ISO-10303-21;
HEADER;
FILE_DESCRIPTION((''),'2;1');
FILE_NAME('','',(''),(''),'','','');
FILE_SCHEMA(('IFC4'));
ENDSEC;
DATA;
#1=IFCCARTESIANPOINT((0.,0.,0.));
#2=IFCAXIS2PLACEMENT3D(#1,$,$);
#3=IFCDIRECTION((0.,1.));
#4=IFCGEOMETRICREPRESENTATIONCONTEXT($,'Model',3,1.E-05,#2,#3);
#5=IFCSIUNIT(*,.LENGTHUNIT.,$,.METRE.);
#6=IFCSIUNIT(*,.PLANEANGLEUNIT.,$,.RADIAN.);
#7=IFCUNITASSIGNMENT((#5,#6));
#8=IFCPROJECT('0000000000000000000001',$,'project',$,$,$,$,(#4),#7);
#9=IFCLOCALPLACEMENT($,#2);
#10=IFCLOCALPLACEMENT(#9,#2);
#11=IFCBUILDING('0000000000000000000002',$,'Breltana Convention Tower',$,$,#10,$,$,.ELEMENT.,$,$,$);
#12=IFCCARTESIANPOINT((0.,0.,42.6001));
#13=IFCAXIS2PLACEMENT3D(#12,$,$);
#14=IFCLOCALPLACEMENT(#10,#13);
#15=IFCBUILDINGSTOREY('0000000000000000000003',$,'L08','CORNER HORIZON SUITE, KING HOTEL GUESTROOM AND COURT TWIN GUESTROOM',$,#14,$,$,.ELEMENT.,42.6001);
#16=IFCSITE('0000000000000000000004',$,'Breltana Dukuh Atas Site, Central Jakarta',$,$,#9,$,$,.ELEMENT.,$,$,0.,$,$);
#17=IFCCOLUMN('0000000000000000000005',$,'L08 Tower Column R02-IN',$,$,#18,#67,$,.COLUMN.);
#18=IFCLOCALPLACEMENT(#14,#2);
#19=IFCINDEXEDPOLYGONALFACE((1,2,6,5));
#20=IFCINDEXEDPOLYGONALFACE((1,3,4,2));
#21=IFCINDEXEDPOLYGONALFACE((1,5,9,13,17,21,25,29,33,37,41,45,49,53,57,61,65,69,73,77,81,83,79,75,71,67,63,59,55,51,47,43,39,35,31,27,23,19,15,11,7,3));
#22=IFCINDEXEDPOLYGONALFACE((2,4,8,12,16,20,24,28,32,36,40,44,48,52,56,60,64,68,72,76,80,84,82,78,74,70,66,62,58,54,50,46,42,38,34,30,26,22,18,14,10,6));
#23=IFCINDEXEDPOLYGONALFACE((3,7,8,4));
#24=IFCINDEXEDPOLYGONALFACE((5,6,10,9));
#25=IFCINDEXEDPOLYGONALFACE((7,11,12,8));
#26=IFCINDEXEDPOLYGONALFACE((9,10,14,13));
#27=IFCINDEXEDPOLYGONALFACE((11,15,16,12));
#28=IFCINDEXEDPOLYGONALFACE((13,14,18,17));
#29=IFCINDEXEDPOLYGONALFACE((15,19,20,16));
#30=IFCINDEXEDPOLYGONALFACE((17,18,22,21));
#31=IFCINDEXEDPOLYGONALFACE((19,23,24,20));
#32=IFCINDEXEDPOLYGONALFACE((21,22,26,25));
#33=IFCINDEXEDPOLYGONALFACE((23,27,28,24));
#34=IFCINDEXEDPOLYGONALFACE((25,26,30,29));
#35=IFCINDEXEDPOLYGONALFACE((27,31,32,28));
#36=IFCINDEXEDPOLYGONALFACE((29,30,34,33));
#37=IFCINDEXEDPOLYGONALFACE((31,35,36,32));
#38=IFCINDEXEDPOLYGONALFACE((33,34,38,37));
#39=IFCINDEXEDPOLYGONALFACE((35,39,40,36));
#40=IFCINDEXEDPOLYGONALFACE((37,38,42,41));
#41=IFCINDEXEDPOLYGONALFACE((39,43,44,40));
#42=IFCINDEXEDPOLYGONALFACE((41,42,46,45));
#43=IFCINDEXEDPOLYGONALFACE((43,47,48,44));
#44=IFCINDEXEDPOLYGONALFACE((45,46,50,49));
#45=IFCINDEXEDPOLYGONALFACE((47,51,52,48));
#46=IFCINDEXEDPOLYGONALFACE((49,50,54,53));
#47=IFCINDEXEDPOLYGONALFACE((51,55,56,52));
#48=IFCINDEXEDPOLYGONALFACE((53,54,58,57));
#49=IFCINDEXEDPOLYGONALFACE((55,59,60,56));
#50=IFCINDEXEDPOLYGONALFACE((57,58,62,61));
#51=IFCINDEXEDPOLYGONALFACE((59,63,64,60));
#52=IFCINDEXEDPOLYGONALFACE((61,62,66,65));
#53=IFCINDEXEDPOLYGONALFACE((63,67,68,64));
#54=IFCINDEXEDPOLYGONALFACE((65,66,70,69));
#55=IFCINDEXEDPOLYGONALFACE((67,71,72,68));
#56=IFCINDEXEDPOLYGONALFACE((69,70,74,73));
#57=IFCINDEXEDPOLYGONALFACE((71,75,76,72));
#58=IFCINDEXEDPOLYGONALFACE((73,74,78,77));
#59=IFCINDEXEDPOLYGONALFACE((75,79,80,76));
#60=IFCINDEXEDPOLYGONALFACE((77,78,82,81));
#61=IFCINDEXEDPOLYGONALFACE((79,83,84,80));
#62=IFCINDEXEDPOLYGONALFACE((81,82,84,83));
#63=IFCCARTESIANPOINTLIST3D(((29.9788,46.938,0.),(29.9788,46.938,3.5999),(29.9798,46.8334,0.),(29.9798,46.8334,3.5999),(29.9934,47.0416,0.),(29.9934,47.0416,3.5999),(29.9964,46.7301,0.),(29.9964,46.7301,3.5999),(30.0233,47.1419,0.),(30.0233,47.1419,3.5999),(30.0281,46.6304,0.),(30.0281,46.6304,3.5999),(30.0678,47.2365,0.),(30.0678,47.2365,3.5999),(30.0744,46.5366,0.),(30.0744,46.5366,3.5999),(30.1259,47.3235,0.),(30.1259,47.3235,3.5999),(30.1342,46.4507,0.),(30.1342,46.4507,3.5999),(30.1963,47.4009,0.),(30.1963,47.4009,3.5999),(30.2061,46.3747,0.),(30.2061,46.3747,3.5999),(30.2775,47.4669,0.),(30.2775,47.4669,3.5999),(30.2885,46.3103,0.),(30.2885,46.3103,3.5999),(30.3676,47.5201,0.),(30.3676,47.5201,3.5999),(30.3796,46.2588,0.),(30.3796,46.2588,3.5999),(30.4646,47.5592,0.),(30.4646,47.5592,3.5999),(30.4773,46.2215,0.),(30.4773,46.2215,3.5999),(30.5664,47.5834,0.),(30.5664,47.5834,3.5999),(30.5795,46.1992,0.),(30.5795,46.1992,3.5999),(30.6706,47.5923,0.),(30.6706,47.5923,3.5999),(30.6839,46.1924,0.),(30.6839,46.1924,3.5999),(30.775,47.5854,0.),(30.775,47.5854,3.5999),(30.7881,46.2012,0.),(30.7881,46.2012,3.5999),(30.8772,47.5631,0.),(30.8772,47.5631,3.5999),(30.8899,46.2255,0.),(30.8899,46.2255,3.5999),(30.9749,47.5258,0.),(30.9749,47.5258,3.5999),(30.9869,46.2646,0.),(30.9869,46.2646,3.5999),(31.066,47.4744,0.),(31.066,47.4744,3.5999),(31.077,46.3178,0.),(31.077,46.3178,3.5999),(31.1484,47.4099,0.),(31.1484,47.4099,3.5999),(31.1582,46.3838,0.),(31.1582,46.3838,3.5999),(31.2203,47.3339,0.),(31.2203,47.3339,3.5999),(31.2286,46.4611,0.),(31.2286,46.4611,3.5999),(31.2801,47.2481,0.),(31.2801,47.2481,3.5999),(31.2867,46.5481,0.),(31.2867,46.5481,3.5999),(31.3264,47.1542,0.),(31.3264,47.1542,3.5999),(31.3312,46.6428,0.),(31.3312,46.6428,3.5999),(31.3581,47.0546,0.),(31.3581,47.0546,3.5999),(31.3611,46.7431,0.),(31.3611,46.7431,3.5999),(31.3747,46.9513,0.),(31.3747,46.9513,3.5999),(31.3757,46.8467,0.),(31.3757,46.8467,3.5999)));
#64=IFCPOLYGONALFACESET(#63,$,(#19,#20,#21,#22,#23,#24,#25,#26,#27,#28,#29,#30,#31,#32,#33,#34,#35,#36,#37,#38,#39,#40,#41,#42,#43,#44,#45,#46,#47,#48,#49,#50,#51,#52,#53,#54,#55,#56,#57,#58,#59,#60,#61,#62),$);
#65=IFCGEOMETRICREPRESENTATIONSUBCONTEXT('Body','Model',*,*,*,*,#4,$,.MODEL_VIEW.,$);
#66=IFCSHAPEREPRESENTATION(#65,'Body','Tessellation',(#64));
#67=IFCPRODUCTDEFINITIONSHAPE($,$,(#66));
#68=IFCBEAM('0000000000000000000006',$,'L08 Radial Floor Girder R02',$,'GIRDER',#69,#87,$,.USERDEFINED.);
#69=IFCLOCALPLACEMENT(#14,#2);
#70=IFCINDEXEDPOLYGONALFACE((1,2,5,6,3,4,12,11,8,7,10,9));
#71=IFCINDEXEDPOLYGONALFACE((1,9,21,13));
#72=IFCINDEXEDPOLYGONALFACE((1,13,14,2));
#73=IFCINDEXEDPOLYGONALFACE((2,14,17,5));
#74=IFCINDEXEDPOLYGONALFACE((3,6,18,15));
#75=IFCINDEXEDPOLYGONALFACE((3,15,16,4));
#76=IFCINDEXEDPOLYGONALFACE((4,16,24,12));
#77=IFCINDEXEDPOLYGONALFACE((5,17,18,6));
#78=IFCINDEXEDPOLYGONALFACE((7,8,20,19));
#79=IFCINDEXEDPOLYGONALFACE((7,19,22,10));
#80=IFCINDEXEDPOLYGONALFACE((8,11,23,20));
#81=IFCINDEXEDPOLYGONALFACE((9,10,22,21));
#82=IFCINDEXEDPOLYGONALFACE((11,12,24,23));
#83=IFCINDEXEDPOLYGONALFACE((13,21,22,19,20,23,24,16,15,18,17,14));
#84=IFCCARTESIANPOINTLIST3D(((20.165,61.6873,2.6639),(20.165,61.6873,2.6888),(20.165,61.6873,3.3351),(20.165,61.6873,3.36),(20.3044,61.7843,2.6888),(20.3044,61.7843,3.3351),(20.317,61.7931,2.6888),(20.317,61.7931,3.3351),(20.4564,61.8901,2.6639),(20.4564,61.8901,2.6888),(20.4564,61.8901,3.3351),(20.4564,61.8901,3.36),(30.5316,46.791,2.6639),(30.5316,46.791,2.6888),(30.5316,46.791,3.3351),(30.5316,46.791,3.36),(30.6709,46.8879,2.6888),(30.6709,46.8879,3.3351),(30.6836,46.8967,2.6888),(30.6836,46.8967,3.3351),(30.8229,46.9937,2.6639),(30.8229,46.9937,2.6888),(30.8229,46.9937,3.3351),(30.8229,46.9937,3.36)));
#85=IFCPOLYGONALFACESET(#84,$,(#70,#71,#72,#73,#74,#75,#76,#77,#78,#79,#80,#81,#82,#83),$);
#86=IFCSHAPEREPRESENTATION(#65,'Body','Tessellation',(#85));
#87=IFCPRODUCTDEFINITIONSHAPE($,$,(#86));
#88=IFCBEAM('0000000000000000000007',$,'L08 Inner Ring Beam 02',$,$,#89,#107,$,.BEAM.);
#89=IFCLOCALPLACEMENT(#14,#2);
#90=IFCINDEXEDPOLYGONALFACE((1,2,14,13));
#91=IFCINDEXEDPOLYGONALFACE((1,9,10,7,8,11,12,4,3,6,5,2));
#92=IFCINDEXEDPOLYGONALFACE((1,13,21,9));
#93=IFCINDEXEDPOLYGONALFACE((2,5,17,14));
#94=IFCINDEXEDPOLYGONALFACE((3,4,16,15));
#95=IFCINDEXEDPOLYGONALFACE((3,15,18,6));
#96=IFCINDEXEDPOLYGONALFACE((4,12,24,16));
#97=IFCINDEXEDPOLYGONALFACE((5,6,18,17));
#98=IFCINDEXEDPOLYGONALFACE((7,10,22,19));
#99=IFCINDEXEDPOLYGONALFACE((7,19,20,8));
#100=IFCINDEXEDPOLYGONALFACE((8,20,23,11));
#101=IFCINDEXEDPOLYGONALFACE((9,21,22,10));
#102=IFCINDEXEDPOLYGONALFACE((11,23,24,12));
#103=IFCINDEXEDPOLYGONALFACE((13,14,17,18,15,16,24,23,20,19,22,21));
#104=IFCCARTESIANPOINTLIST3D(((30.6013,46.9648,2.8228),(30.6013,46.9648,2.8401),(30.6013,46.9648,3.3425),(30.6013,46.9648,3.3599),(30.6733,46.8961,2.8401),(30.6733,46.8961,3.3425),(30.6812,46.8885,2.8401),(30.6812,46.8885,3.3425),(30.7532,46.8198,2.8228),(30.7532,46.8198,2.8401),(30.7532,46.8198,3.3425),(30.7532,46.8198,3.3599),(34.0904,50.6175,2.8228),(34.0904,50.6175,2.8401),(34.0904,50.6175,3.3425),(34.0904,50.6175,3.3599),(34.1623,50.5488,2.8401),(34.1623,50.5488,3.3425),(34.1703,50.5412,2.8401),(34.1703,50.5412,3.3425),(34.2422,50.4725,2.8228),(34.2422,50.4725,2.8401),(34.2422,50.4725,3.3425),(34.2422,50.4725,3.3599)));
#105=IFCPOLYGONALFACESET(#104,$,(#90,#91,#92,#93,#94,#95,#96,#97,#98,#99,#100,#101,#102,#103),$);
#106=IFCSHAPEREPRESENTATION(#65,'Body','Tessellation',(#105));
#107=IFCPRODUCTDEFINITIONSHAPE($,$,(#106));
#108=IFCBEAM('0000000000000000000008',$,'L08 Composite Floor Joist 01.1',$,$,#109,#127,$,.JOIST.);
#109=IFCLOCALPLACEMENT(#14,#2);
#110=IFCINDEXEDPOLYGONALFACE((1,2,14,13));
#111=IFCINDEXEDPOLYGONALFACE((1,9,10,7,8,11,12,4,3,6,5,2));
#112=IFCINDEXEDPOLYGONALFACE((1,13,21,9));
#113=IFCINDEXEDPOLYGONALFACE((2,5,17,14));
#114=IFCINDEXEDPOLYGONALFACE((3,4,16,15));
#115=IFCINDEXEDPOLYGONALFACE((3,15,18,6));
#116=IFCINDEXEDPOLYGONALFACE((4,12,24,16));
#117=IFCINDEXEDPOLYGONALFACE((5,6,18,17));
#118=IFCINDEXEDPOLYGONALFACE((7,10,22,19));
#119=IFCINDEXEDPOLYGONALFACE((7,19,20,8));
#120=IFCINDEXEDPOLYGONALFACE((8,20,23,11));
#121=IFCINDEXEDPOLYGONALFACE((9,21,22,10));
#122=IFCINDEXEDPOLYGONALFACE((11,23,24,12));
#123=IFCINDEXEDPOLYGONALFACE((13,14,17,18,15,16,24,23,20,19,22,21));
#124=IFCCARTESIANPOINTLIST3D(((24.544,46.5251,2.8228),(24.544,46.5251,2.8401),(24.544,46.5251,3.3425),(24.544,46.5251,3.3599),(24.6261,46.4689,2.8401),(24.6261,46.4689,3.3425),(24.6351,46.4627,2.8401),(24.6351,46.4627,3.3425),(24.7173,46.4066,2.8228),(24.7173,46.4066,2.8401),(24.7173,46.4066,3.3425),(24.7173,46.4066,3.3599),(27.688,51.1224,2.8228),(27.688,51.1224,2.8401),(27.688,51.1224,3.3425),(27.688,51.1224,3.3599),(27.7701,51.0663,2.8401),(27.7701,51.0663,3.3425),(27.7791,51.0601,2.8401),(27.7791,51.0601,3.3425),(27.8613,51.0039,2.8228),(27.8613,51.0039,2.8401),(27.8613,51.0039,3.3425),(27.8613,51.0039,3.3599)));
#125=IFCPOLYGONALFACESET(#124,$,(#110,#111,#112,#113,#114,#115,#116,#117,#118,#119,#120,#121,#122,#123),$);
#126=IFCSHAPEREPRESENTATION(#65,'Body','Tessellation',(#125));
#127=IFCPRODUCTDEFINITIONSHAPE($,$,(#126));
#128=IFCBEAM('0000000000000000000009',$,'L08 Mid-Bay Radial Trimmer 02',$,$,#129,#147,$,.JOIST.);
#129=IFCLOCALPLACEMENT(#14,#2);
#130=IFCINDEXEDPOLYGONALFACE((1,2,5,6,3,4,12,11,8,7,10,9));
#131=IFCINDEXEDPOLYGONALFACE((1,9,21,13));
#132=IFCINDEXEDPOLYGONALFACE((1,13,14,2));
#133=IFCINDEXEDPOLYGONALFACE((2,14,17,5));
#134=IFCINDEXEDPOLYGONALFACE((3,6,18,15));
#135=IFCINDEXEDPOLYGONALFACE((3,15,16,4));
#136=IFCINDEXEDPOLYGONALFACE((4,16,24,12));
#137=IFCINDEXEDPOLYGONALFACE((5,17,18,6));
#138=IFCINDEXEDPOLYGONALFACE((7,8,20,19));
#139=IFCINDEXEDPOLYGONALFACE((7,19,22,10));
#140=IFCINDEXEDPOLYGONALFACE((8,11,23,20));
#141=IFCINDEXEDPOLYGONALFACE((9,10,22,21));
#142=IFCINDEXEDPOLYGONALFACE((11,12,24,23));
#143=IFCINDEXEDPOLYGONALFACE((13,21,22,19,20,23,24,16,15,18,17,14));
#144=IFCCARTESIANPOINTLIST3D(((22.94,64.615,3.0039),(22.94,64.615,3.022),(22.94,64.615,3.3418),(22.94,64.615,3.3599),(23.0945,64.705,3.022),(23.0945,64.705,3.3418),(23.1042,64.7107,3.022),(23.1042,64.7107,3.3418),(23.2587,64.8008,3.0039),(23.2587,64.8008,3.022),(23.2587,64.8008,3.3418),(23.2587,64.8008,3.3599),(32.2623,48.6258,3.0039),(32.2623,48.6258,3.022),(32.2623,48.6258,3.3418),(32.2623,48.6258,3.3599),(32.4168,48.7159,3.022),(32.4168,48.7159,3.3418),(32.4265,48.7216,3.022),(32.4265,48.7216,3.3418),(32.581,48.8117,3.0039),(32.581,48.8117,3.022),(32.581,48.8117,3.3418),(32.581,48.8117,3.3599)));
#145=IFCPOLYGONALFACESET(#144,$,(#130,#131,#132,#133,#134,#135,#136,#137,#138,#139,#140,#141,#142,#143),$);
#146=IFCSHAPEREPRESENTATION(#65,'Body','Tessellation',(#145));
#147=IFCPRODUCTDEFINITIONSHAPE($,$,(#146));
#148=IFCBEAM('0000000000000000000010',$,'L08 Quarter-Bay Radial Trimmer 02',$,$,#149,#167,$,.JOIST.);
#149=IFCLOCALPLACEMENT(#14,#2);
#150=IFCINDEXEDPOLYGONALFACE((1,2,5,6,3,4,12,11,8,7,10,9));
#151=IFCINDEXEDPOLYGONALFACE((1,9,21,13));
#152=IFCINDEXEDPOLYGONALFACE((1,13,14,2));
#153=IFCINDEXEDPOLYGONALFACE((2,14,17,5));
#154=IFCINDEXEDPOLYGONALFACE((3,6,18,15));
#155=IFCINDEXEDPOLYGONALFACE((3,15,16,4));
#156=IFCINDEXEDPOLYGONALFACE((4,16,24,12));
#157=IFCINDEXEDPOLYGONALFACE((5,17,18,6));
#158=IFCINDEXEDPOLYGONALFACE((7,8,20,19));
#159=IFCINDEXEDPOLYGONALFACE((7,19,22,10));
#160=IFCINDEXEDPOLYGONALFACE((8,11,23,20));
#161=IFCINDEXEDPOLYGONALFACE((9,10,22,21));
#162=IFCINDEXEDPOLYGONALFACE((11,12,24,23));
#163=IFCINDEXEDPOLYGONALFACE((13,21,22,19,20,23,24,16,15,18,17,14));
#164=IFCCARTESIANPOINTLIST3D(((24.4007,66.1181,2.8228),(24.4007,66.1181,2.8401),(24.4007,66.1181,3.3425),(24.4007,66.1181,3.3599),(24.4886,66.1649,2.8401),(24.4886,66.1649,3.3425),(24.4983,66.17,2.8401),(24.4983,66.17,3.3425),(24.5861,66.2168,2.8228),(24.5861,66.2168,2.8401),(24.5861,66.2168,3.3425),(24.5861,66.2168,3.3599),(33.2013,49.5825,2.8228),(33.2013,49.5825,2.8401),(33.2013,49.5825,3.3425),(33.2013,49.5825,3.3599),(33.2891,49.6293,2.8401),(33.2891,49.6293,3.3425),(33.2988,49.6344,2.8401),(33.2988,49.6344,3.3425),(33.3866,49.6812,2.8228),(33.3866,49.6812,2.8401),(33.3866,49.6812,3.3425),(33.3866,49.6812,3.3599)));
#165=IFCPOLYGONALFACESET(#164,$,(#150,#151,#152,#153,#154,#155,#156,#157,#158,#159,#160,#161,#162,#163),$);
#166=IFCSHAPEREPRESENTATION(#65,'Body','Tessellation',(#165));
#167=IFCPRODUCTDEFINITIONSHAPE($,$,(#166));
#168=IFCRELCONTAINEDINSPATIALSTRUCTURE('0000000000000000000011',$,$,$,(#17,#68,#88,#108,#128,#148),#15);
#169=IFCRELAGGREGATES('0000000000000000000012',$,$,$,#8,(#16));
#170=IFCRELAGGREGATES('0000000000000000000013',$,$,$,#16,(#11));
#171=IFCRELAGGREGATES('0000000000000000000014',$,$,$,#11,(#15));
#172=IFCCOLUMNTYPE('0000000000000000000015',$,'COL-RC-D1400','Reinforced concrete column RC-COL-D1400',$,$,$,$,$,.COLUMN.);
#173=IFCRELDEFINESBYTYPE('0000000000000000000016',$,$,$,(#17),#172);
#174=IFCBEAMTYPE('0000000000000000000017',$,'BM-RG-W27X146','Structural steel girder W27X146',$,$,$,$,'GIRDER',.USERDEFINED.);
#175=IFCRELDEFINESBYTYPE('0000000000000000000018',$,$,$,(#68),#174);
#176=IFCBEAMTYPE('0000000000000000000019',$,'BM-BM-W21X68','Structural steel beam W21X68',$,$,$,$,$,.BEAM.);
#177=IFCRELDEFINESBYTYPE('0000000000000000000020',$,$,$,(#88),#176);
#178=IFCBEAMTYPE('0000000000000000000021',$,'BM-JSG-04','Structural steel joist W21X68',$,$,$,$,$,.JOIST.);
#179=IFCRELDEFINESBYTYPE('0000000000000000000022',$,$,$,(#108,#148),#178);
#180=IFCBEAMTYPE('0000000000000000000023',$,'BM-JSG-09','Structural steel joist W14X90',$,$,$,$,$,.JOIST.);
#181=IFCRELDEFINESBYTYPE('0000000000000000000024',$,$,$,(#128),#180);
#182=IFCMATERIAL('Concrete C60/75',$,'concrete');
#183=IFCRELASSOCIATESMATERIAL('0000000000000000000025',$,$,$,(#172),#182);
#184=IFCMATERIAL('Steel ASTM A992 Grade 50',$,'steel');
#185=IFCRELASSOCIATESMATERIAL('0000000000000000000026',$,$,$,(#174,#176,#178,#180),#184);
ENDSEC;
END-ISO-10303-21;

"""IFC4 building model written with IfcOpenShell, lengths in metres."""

from ifc_helpers import new_model, si_unit, direction, frame, origin, origin_2d, place, context, subcontext, project, spatial, circle, i_section, extrude, source, transform, mapped, material, material_profile, profile_set, type_object, type_shapes, element, save


model = new_model("IFC4")

# Units and contexts
model_context = context("Model", 3, precision=1e-05, world=origin(), true_north=direction((0.0, 1.0)))
body_context = subcontext(model_context, "Body", "Model", "MODEL_VIEW")
ifc_project = project(units=[si_unit("LENGTHUNIT", "METRE"), si_unit("PLANEANGLEUNIT", "RADIAN")], contexts=[model_context])

# Site, building, storey
site_placement = place(None, origin())
site = spatial("IfcSite", under=ifc_project, at=site_placement, Name="Breltana Dukuh Atas Site, Central Jakarta", CompositionType="ELEMENT", RefElevation=0.0)
building_placement = place(site_placement, origin())
building = spatial("IfcBuilding", under=site, at=building_placement, Name="Breltana Convention Tower", CompositionType="ELEMENT")
storey_placement = place(building_placement, frame((0.0, 0.0, 42.6001)))
storey = spatial("IfcBuildingStorey", under=building, at=storey_placement, Name="L08", Description="CORNER HORIZON SUITE, KING HOTEL GUESTROOM AND COURT TWIN GUESTROOM", CompositionType="ELEMENT", Elevation=42.6001)

# Column
ifc_material_1 = material(Name="Concrete C60/75", Category="concrete")
ifc_material_profile_1 = material_profile(ifc_material_1, circle(Radius=0.7, at=origin_2d()), Name="RC-COL-D1400")
ifc_profile_set_1 = profile_set([ifc_material_profile_1], Name="Concrete C60/75")
column_type = type_object("IfcColumnType", Name="COL-RC-D1400", Description="Reinforced concrete column RC-COL-D1400", PredefinedType="COLUMN", material=ifc_profile_set_1)
shared_shape_1 = source(origin(), body_context, "Body", "SweptSolid", [
    extrude(circle(Radius=0.7, at=origin_2d()), origin(), (0.0, 0.0, 1.0), 3.5999),
])
column_placement = place(storey_placement, frame((30.6772, 46.8923, 0.0), z_axis=(0.0, 0.0, 1.0), x_axis=(-0.571143, 0.82085, 0.0)))
element("IfcColumn", 1, at=column_placement, inside=storey, type_object=column_type, Name="L08 Tower Column R02-IN", PredefinedType="COLUMN", context=body_context, shape_type="MappedRepresentation", body=[
    mapped(shared_shape_1, transform((0.0, 0.0, 0.0), scale=1.0)),
])

# Beams
ifc_material_2 = material(Name="Steel ASTM A992 Grade 50", Category="steel")
ifc_material_profile_2 = material_profile(ifc_material_2, i_section(OverallWidth=0.355, OverallDepth=0.696, WebThickness=0.0154, FlangeThickness=0.0249, at=origin_2d()), Name="W27X146")
ifc_profile_set_2 = profile_set([ifc_material_profile_2], Name="Steel ASTM A992 Grade 50")
beam_type_1 = type_object("IfcBeamType", Name="BM-RG-W27X146", Description="Structural steel girder W27X146", ElementType="GIRDER", PredefinedType="USERDEFINED", material=ifc_profile_set_2)
shared_shape_2 = source(origin(), body_context, "Body", "SweptSolid", [
    extrude(i_section(OverallWidth=0.355, OverallDepth=0.696, WebThickness=0.0154, FlangeThickness=0.0249, at=origin_2d()), origin(), (0.0, 0.0, 1.0), 18.1484),
])
beam_1_placement = place(storey_placement, frame((30.6772, 46.8923, 3.012), z_axis=(-0.571208, 0.820806, 0.0), x_axis=(-0.820806, -0.571208, 0.0)))
element("IfcBeam", 2, at=beam_1_placement, inside=storey, type_object=beam_type_1, Name="L08 Radial Floor Girder R02", ObjectType="GIRDER", PredefinedType="USERDEFINED", context=body_context, shape_type="MappedRepresentation", body=[
    mapped(shared_shape_2, transform((0.0, 0.0, 0.0), scale=1.0)),
])
ifc_material_profile_3 = material_profile(ifc_material_2, i_section(OverallWidth=0.21, OverallDepth=0.5371, WebThickness=0.011, FlangeThickness=0.0173, at=origin_2d()), Name="W21X68")
ifc_profile_set_3 = profile_set([ifc_material_profile_3], Name="Steel ASTM A992 Grade 50")
beam_type_2 = type_object("IfcBeamType", Name="BM-BM-W21X68", Description="Structural steel beam W21X68", PredefinedType="BEAM", material=ifc_profile_set_3)
shared_shape_3 = source(origin(), body_context, "Body", "SweptSolid", [
    extrude(i_section(OverallWidth=0.21, OverallDepth=0.5371, WebThickness=0.011, FlangeThickness=0.0173, at=origin_2d()), origin(), (0.0, 0.0, 1.0), 5.0513),
])
beam_2_placement = place(storey_placement, frame((30.6772, 46.8923, 3.0913), z_axis=(0.69073, 0.723113, 0.0), x_axis=(-0.723113, 0.69073, 0.0)))
element("IfcBeam", 3, at=beam_2_placement, inside=storey, type_object=beam_type_2, Name="L08 Inner Ring Beam 02", PredefinedType="BEAM", context=body_context, shape_type="MappedRepresentation", body=[
    mapped(shared_shape_3, transform((0.0, 0.0, 0.0), scale=1.0)),
])
ifc_material_profile_4 = material_profile(ifc_material_2, i_section(OverallWidth=0.21, OverallDepth=0.5371, WebThickness=0.011, FlangeThickness=0.0173, at=origin_2d()), Name="W21X68")
ifc_profile_set_4 = profile_set([ifc_material_profile_4], Name="Steel ASTM A992 Grade 50")
beam_type_3 = type_object("IfcBeamType", Name="BM-JSG-04", Description="Structural steel joist W21X68", PredefinedType="JOIST", material=ifc_profile_set_4)
shared_shape_4 = source(origin(), body_context, "Body", "SweptSolid", [
    extrude(i_section(OverallWidth=0.21, OverallDepth=0.5371, WebThickness=0.011, FlangeThickness=0.0173, at=origin_2d()), origin(), (0.0, 0.0, 1.0), 5.5696),
])
type_shapes(beam_type_3, [shared_shape_4])
beam_3_placement = place(storey_placement, frame((24.6306, 46.4658, 3.0913), z_axis=(0.564494, 0.825437, 0.0), x_axis=(-0.825437, 0.564494, 0.0)))
element("IfcBeam", 4, at=beam_3_placement, inside=storey, type_object=beam_type_3, Name="L08 Composite Floor Joist 01.1", PredefinedType="JOIST", context=body_context, shape_type="MappedRepresentation", body=[
    mapped(shared_shape_4, transform((0.0, 0.0, 0.0), scale=1.0)),
])
ifc_material_profile_5 = material_profile(ifc_material_2, i_section(OverallWidth=0.3689, OverallDepth=0.356, WebThickness=0.0112, FlangeThickness=0.0181, at=origin_2d()), Name="W14X90")
ifc_profile_set_5 = profile_set([ifc_material_profile_5], Name="Steel ASTM A992 Grade 50")
beam_type_4 = type_object("IfcBeamType", Name="BM-JSG-09", Description="Structural steel joist W14X90", PredefinedType="JOIST", material=ifc_profile_set_5)
shared_shape_5 = source(origin(), body_context, "Body", "SweptSolid", [
    extrude(i_section(OverallWidth=0.3689, OverallDepth=0.356, WebThickness=0.0112, FlangeThickness=0.0181, at=origin_2d()), origin(), (0.0, 0.0, 1.0), 18.5083),
])
beam_4_placement = place(storey_placement, frame((32.4216, 48.7188, 3.1819), z_axis=(-0.503683, 0.863888, 0.0), x_axis=(-0.863888, -0.503683, 0.0)))
element("IfcBeam", 5, at=beam_4_placement, inside=storey, type_object=beam_type_4, Name="L08 Mid-Bay Radial Trimmer 02", PredefinedType="JOIST", context=body_context, shape_type="MappedRepresentation", body=[
    mapped(shared_shape_5, transform((0.0, 0.0, 0.0), scale=1.0)),
])
shared_shape_6 = source(origin(), body_context, "Body", "SweptSolid", [
    extrude(i_section(OverallWidth=0.21, OverallDepth=0.5371, WebThickness=0.011, FlangeThickness=0.0173, at=origin_2d()), origin(), (0.0, 0.0, 1.0), 18.7317),
])
beam_5_placement = place(storey_placement, frame((33.2939, 49.6318, 3.0913), z_axis=(-0.46982, 0.882762, 0.0), x_axis=(-0.882762, -0.46982, 0.0)))
element("IfcBeam", 6, at=beam_5_placement, inside=storey, type_object=beam_type_3, Name="L08 Quarter-Bay Radial Trimmer 02", PredefinedType="JOIST", context=body_context, shape_type="MappedRepresentation", body=[
    mapped(shared_shape_6, transform((0.0, 0.0, 0.0), scale=1.0)),
])

save(model, "model.ifc")
